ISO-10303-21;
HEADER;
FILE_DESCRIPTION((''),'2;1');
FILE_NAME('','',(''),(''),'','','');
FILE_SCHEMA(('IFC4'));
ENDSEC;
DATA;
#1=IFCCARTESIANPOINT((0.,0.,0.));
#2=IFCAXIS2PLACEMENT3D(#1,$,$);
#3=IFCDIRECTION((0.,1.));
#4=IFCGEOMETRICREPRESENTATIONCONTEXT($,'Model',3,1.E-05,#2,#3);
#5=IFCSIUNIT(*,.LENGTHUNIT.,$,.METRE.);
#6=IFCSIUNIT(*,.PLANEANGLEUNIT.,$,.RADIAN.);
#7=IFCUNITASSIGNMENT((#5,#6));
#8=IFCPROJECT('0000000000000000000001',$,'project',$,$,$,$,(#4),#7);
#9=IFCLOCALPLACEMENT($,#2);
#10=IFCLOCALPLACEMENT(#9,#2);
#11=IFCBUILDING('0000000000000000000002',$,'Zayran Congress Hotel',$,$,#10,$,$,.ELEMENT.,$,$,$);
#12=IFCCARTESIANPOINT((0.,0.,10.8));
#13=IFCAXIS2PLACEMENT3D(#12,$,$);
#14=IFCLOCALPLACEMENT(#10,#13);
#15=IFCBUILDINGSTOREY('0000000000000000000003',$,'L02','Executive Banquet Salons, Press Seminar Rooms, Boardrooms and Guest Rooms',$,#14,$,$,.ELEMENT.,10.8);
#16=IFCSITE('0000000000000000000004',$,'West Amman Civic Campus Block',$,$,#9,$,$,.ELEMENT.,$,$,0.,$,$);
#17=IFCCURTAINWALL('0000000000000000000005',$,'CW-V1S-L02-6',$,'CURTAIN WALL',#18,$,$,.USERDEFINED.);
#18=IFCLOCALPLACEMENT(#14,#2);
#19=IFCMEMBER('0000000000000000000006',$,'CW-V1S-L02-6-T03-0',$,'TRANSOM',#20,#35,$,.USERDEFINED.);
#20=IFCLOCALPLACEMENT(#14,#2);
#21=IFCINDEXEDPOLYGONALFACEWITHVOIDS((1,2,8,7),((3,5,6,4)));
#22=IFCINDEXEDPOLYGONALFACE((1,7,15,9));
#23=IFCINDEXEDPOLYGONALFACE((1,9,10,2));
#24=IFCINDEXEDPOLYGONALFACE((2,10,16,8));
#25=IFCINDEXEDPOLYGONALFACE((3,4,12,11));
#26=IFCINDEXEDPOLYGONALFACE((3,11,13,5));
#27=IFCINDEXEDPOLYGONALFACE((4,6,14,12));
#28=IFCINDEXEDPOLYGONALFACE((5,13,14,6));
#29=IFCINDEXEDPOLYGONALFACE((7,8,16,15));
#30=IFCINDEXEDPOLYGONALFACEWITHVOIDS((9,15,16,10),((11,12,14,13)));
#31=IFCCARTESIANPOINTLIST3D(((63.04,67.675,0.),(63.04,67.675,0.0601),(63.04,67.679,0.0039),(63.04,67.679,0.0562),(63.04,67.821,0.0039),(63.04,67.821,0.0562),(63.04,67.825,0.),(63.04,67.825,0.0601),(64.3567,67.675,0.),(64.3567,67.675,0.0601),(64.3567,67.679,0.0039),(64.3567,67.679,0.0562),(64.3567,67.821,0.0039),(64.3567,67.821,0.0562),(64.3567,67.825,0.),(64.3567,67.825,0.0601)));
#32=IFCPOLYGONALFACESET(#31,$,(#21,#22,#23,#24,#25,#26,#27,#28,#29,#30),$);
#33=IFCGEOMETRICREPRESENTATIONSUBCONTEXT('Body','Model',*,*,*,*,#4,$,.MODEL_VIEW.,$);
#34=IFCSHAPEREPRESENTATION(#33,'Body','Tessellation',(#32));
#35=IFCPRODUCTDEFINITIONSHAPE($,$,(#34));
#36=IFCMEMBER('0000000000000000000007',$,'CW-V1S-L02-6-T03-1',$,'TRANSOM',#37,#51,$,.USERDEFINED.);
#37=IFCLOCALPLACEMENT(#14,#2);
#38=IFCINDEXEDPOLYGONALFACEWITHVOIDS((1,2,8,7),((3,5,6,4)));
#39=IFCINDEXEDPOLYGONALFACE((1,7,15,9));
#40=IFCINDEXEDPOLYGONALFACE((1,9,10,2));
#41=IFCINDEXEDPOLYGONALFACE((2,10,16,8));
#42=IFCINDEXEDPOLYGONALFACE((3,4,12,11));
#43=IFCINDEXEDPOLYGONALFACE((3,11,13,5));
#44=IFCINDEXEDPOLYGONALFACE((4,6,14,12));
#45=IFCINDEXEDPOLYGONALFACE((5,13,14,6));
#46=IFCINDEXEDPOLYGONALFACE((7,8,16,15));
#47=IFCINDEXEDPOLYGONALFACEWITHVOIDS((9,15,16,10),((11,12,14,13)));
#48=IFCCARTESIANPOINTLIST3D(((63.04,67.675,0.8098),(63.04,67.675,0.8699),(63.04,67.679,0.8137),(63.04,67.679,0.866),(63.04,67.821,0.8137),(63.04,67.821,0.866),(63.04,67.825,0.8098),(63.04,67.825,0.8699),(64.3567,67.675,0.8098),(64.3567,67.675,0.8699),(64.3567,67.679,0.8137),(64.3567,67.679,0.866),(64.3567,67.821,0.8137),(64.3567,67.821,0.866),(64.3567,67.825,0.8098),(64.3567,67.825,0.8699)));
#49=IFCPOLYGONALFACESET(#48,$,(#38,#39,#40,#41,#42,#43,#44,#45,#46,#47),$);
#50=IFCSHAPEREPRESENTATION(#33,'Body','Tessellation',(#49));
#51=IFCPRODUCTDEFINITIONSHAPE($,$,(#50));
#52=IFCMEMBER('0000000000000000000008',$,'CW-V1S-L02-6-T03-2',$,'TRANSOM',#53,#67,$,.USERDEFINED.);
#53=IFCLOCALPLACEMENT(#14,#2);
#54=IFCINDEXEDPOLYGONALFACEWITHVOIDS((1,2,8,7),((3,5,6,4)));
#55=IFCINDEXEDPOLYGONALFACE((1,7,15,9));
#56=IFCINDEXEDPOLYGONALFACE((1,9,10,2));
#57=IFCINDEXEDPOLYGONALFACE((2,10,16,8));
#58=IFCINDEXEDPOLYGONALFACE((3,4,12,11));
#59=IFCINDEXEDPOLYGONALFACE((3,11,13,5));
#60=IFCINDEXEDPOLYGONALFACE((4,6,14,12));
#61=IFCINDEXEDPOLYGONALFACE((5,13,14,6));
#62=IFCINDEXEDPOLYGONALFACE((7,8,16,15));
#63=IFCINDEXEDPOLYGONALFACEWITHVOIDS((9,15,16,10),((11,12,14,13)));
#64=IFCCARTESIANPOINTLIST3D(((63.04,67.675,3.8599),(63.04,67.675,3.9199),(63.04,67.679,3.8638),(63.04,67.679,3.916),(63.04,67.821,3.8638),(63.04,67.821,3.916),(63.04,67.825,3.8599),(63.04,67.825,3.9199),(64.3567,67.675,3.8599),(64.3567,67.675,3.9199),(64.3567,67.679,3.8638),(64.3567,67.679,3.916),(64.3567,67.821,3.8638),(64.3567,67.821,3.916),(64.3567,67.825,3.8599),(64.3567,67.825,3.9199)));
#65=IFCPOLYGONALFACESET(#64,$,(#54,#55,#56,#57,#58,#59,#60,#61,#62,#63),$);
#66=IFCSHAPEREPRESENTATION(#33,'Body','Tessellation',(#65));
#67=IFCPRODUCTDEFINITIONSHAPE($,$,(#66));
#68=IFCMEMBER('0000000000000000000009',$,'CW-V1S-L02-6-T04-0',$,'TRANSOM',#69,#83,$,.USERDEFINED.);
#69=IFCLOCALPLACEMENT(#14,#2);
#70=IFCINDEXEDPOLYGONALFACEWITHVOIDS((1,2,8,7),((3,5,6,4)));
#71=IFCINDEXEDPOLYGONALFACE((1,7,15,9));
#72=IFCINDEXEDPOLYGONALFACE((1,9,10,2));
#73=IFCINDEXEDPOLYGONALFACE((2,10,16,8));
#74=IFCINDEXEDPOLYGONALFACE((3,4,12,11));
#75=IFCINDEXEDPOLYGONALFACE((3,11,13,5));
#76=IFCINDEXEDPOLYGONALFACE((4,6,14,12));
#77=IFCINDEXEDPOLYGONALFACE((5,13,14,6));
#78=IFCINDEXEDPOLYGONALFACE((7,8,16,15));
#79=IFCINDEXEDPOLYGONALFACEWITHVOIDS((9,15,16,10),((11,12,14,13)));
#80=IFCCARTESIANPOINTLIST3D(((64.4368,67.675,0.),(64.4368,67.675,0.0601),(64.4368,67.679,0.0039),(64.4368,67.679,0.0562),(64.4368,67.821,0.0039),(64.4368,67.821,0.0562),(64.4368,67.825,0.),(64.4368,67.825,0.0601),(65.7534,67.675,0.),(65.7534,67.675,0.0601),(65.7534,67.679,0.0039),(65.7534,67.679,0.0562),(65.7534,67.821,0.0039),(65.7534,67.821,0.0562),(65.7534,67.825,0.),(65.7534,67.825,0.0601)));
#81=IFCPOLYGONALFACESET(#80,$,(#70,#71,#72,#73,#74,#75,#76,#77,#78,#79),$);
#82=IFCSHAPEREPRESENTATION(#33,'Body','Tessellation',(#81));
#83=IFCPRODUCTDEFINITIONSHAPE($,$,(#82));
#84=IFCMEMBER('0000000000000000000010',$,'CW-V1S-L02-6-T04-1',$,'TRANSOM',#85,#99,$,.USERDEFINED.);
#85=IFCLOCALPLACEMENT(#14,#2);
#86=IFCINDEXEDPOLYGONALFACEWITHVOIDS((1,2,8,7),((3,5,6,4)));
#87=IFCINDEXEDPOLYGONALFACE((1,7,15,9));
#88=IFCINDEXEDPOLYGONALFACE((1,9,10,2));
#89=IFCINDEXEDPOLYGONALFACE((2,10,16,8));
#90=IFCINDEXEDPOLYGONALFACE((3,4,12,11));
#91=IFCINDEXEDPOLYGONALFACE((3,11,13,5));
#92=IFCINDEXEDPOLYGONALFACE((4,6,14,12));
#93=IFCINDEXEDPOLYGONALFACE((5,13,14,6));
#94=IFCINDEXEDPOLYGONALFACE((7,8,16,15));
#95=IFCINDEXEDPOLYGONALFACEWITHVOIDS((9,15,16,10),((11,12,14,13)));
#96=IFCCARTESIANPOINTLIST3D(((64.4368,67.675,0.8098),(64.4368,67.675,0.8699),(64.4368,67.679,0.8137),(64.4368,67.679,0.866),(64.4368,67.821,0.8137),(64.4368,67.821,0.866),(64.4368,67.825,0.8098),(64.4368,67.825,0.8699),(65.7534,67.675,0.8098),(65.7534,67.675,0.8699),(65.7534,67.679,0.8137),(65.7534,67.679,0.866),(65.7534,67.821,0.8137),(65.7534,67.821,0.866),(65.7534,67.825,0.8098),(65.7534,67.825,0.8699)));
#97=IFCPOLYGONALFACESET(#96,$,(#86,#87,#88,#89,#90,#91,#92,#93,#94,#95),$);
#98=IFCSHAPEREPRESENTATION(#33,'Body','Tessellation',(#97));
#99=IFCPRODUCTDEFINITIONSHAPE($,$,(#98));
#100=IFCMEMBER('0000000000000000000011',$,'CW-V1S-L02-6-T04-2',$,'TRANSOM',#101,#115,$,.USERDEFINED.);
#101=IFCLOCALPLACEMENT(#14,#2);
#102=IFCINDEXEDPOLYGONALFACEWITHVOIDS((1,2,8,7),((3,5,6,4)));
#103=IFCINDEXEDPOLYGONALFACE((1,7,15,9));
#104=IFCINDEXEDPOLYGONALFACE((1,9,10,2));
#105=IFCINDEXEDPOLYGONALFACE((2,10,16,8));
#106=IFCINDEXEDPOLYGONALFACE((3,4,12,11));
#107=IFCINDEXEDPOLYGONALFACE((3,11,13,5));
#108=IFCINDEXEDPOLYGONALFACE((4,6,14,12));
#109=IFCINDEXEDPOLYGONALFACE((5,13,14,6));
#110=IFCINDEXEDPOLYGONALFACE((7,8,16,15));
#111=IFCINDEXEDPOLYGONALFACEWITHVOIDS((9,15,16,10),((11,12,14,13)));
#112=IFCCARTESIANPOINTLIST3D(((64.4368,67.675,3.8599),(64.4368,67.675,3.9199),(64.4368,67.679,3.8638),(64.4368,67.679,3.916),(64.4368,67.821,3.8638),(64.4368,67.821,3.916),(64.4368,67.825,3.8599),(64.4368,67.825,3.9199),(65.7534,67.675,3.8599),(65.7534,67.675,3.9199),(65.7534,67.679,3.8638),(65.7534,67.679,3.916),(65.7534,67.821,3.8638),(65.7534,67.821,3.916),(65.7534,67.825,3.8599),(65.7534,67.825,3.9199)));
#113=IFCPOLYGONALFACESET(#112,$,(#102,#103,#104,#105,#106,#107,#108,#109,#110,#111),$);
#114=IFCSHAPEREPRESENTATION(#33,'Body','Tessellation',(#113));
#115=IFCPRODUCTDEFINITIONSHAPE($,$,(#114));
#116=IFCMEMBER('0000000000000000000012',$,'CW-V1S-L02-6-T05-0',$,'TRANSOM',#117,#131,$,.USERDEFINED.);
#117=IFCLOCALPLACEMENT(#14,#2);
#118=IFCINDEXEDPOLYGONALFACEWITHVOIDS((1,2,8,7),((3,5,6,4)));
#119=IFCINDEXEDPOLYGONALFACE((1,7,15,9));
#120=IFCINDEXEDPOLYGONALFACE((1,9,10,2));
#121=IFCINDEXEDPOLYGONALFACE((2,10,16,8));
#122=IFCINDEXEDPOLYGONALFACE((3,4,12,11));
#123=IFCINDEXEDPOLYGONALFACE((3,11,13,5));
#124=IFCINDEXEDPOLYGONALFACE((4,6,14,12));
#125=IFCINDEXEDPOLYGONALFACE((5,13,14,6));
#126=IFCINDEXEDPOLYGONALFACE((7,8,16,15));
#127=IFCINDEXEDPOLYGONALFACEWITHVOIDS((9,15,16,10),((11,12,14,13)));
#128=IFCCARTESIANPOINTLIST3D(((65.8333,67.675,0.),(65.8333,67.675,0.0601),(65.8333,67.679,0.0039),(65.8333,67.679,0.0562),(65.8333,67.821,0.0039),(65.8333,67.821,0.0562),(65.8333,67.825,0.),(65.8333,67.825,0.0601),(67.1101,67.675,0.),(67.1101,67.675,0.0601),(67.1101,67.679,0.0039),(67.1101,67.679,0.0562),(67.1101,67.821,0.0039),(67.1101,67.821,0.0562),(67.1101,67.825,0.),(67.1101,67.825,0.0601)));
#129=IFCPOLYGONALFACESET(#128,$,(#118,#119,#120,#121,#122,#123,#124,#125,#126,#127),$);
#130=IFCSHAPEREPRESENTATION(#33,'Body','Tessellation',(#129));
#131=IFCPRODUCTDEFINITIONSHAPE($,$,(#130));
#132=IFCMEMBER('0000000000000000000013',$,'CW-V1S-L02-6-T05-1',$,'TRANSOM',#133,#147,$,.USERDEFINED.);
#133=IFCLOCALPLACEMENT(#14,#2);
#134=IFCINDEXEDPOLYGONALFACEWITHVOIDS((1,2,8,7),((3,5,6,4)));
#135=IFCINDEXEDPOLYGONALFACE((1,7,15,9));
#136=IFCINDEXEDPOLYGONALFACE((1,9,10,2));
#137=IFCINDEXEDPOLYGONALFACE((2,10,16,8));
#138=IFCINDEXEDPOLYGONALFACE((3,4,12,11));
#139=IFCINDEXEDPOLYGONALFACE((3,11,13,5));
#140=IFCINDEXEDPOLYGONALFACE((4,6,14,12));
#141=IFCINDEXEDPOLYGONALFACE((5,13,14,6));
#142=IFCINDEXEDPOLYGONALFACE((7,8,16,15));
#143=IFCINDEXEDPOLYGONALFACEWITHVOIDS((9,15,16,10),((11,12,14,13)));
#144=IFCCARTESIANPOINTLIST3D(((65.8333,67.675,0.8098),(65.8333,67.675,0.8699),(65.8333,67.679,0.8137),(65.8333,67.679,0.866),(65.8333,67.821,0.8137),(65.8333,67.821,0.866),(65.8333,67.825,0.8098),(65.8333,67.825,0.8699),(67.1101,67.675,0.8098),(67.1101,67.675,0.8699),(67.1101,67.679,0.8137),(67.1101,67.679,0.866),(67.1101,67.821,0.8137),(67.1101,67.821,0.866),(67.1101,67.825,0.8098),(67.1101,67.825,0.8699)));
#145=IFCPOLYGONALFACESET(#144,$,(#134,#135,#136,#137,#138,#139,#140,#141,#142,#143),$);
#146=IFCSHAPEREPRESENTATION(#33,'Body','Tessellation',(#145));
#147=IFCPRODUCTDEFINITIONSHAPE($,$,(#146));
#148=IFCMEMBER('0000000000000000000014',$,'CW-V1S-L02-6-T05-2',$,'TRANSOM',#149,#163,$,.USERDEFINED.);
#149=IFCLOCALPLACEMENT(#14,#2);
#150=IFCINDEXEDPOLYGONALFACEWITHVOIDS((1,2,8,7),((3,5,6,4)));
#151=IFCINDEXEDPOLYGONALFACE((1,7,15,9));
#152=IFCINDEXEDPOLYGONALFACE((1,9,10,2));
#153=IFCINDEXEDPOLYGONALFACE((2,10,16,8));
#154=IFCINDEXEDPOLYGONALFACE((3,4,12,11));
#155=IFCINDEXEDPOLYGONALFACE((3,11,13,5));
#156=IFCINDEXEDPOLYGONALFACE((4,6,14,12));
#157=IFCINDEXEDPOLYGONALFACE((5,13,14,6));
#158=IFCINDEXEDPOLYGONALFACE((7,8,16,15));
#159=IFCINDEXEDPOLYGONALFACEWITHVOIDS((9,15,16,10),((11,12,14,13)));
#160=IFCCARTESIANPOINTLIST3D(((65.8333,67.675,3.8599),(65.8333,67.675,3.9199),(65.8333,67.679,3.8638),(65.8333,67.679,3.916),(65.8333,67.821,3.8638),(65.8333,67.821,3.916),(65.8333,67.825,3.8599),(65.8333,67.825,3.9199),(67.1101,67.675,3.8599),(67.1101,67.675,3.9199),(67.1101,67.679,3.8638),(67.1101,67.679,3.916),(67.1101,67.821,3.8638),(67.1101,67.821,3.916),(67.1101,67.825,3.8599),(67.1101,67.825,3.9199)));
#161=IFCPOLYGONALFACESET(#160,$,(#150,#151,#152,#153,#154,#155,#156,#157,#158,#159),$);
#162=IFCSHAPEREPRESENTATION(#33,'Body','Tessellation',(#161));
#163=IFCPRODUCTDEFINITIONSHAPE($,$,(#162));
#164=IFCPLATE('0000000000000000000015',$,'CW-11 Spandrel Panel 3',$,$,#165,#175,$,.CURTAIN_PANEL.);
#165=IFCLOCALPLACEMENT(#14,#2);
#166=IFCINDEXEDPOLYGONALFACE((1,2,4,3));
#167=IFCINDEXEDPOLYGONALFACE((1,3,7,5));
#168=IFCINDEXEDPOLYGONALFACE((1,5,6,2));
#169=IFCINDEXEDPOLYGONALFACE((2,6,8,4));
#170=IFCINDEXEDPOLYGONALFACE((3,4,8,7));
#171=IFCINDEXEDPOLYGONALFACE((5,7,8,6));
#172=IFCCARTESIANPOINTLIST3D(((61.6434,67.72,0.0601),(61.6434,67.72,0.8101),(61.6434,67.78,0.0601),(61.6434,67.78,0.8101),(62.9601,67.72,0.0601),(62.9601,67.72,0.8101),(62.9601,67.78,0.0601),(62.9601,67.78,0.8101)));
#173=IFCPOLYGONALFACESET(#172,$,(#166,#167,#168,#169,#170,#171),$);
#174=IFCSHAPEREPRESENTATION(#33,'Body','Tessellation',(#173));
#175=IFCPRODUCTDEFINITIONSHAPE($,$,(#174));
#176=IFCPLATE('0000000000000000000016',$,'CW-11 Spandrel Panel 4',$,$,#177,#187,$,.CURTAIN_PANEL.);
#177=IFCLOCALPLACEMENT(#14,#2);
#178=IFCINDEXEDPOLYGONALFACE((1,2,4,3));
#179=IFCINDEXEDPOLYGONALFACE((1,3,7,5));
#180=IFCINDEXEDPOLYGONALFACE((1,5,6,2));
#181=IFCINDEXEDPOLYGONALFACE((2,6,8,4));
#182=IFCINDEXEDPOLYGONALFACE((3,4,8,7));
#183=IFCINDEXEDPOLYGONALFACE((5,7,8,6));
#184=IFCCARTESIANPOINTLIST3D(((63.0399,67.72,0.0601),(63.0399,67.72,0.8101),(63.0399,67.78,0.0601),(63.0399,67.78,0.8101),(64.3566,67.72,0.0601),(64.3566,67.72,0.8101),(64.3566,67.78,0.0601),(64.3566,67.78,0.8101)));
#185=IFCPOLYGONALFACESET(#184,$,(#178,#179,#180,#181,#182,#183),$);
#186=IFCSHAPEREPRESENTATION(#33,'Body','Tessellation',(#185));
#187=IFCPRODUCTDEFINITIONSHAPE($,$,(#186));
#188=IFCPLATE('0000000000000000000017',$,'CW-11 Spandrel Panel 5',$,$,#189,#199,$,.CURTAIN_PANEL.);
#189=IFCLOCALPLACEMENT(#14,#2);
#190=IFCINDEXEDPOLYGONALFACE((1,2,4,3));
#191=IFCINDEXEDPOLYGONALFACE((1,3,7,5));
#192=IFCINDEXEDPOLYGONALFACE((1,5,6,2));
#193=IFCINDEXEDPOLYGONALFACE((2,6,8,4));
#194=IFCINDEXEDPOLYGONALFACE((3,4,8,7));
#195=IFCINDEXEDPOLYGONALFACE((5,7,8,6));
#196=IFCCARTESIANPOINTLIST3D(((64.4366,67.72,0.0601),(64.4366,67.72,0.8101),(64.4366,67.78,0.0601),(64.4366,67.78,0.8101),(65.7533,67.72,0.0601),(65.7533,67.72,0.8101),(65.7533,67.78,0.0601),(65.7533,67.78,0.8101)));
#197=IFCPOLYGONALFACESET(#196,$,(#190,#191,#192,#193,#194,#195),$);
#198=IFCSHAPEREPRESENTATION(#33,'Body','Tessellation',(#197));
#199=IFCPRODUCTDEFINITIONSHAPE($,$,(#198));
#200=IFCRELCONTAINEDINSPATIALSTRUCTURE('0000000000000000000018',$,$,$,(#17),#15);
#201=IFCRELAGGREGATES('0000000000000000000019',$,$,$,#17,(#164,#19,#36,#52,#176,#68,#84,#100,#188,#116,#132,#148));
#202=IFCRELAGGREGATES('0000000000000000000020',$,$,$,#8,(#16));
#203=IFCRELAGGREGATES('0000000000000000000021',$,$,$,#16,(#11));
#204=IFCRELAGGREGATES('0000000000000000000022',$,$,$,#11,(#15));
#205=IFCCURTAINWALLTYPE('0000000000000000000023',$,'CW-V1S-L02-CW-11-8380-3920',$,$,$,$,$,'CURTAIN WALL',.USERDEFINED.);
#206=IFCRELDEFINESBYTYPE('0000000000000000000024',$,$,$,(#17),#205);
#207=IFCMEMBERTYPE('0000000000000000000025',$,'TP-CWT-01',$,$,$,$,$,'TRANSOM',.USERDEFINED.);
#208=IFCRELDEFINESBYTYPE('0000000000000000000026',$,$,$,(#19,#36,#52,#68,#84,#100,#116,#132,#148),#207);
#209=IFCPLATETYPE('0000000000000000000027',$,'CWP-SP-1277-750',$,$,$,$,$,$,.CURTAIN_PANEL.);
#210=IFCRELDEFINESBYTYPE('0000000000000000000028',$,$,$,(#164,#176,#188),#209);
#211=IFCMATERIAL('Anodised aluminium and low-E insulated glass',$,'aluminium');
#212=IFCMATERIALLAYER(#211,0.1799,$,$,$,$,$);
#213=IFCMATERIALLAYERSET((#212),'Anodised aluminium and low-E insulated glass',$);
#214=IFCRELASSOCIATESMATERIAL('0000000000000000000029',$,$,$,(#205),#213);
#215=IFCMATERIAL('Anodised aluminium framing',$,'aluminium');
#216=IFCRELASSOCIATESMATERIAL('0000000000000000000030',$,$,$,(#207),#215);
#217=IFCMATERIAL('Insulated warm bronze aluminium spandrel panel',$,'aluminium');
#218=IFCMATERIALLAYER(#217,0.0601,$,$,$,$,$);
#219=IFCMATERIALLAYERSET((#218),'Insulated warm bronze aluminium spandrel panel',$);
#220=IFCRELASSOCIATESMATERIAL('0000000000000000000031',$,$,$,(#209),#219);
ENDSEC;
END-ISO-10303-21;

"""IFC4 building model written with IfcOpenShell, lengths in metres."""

from ifc_helpers import new_model, si_unit, direction, frame, origin, origin_2d, place, context, subcontext, project, spatial, rectangle, hollow_rectangle, extrude, material, layer, layer_set, material_profile, profile_set, type_object, element, aggregate, save


model = new_model("IFC4")

# Units and contexts
model_context = context("Model", 3, precision=1e-05, world=origin(), true_north=direction((0.0, 1.0)))
body_context = subcontext(model_context, "Body", "Model", "MODEL_VIEW")
ifc_project = project(units=[si_unit("LENGTHUNIT", "METRE"), si_unit("PLANEANGLEUNIT", "RADIAN")], contexts=[model_context])

# Site, building, storey
site_placement = place(None, origin())
site = spatial("IfcSite", under=ifc_project, at=site_placement, Name="West Amman Civic Campus Block", CompositionType="ELEMENT", RefElevation=0.0)
building_placement = place(site_placement, origin())
building = spatial("IfcBuilding", under=site, at=building_placement, Name="Zayran Congress Hotel", CompositionType="ELEMENT")
storey_placement = place(building_placement, frame((0.0, 0.0, 10.8)))
storey = spatial("IfcBuildingStorey", under=building, at=storey_placement, Name="L02", Description="Executive Banquet Salons, Press Seminar Rooms, Boardrooms and Guest Rooms", CompositionType="ELEMENT", Elevation=10.8)

# Curtain wall
ifc_material_1 = material(Name="Anodised aluminium and low-E insulated glass", Category="aluminium")
ifc_layer_1 = layer(ifc_material_1, 0.1799)
ifc_layer_set_1 = layer_set([ifc_layer_1], Name="Anodised aluminium and low-E insulated glass")
curtain_wall_type_1 = type_object("IfcCurtainWallType", Name="CW-V1S-L02-CW-11-8380-3920", ElementType="CURTAIN WALL", PredefinedType="USERDEFINED", material=ifc_layer_set_1)
curtain_wall_1_placement = place(storey_placement, origin())
curtain_wall_1 = element("IfcCurtainWall", 1, at=curtain_wall_1_placement, inside=storey, type_object=curtain_wall_type_1, Name="CW-V1S-L02-6", ObjectType="CURTAIN WALL", PredefinedType="USERDEFINED")
ifc_material_2 = material(Name="Anodised aluminium framing", Category="aluminium")

# Members
ifc_material_profile_1 = material_profile(ifc_material_2, hollow_rectangle(XDim=0.0601, YDim=0.1499, WallThickness=0.0039, at=origin_2d()), Name="RHS 150x60x4")
ifc_profile_set_1 = profile_set([ifc_material_profile_1], Name="Anodised aluminium framing")
member_type_1 = type_object("IfcMemberType", Name="TP-CWT-01", ElementType="TRANSOM", PredefinedType="USERDEFINED", material=ifc_profile_set_1)
member_1_placement = place(storey_placement, frame((63.04, 67.75, 0.03), z_axis=(1.0, 0.0, 0.0), x_axis=(0.0, 0.0, 1.0)))
member_1 = element("IfcMember", 2, at=member_1_placement, type_object=member_type_1, Name="CW-V1S-L02-6-T03-0", ObjectType="TRANSOM", PredefinedType="USERDEFINED", context=body_context, shape_type="SweptSolid", body=[
    extrude(hollow_rectangle(XDim=0.0601, YDim=0.1499, WallThickness=0.0039, at=origin_2d()), origin(), (0.0, 0.0, 1.0), 1.3167),
])
member_2_placement = place(storey_placement, frame((63.04, 67.75, 0.8398), z_axis=(1.0, 0.0, 0.0), x_axis=(0.0, 0.0, 1.0)))
member_2 = element("IfcMember", 3, at=member_2_placement, type_object=member_type_1, Name="CW-V1S-L02-6-T03-1", ObjectType="TRANSOM", PredefinedType="USERDEFINED", context=body_context, shape_type="SweptSolid", body=[
    extrude(hollow_rectangle(XDim=0.0601, YDim=0.1499, WallThickness=0.0039, at=origin_2d()), origin(), (0.0, 0.0, 1.0), 1.3167),
])
member_3_placement = place(storey_placement, frame((63.04, 67.75, 3.8899), z_axis=(1.0, 0.0, 0.0), x_axis=(0.0, 0.0, 1.0)))
member_3 = element("IfcMember", 4, at=member_3_placement, type_object=member_type_1, Name="CW-V1S-L02-6-T03-2", ObjectType="TRANSOM", PredefinedType="USERDEFINED", context=body_context, shape_type="SweptSolid", body=[
    extrude(hollow_rectangle(XDim=0.0601, YDim=0.1499, WallThickness=0.0039, at=origin_2d()), origin(), (0.0, 0.0, 1.0), 1.3167),
])
member_4_placement = place(storey_placement, frame((64.4368, 67.75, 0.03), z_axis=(1.0, 0.0, 0.0), x_axis=(0.0, 0.0, 1.0)))
member_4 = element("IfcMember", 5, at=member_4_placement, type_object=member_type_1, Name="CW-V1S-L02-6-T04-0", ObjectType="TRANSOM", PredefinedType="USERDEFINED", context=body_context, shape_type="SweptSolid", body=[
    extrude(hollow_rectangle(XDim=0.0601, YDim=0.1499, WallThickness=0.0039, at=origin_2d()), origin(), (0.0, 0.0, 1.0), 1.3167),
])
member_5_placement = place(storey_placement, frame((64.4368, 67.75, 0.8398), z_axis=(1.0, 0.0, 0.0), x_axis=(0.0, 0.0, 1.0)))
member_5 = element("IfcMember", 6, at=member_5_placement, type_object=member_type_1, Name="CW-V1S-L02-6-T04-1", ObjectType="TRANSOM", PredefinedType="USERDEFINED", context=body_context, shape_type="SweptSolid", body=[
    extrude(hollow_rectangle(XDim=0.0601, YDim=0.1499, WallThickness=0.0039, at=origin_2d()), origin(), (0.0, 0.0, 1.0), 1.3167),
])
member_6_placement = place(storey_placement, frame((64.4368, 67.75, 3.8899), z_axis=(1.0, 0.0, 0.0), x_axis=(0.0, 0.0, 1.0)))
member_6 = element("IfcMember", 7, at=member_6_placement, type_object=member_type_1, Name="CW-V1S-L02-6-T04-2", ObjectType="TRANSOM", PredefinedType="USERDEFINED", context=body_context, shape_type="SweptSolid", body=[
    extrude(hollow_rectangle(XDim=0.0601, YDim=0.1499, WallThickness=0.0039, at=origin_2d()), origin(), (0.0, 0.0, 1.0), 1.3167),
])
member_7_placement = place(storey_placement, frame((65.8333, 67.75, 0.03), z_axis=(1.0, 0.0, 0.0), x_axis=(0.0, 0.0, 1.0)))
member_7 = element("IfcMember", 8, at=member_7_placement, type_object=member_type_1, Name="CW-V1S-L02-6-T05-0", ObjectType="TRANSOM", PredefinedType="USERDEFINED", context=body_context, shape_type="SweptSolid", body=[
    extrude(hollow_rectangle(XDim=0.0601, YDim=0.1499, WallThickness=0.0039, at=origin_2d()), origin(), (0.0, 0.0, 1.0), 1.2769),
])
member_8_placement = place(storey_placement, frame((65.8333, 67.75, 0.8398), z_axis=(1.0, 0.0, 0.0), x_axis=(0.0, 0.0, 1.0)))
member_8 = element("IfcMember", 9, at=member_8_placement, type_object=member_type_1, Name="CW-V1S-L02-6-T05-1", ObjectType="TRANSOM", PredefinedType="USERDEFINED", context=body_context, shape_type="SweptSolid", body=[
    extrude(hollow_rectangle(XDim=0.0601, YDim=0.1499, WallThickness=0.0039, at=origin_2d()), origin(), (0.0, 0.0, 1.0), 1.2769),
])
member_9_placement = place(storey_placement, frame((65.8333, 67.75, 3.8899), z_axis=(1.0, 0.0, 0.0), x_axis=(0.0, 0.0, 1.0)))
member_9 = element("IfcMember", 10, at=member_9_placement, type_object=member_type_1, Name="CW-V1S-L02-6-T05-2", ObjectType="TRANSOM", PredefinedType="USERDEFINED", context=body_context, shape_type="SweptSolid", body=[
    extrude(hollow_rectangle(XDim=0.0601, YDim=0.1499, WallThickness=0.0039, at=origin_2d()), origin(), (0.0, 0.0, 1.0), 1.2769),
])

# Plates
ifc_material_3 = material(Name="Insulated warm bronze aluminium spandrel panel", Category="aluminium")
ifc_layer_2 = layer(ifc_material_3, 0.0601)
ifc_layer_set_2 = layer_set([ifc_layer_2], Name="Insulated warm bronze aluminium spandrel panel")
plate_type_1 = type_object("IfcPlateType", Name="CWP-SP-1277-750", PredefinedType="CURTAIN_PANEL", material=ifc_layer_set_2)
plate_1_placement = place(storey_placement, frame((62.3018, 67.75, 0.0601), z_axis=(0.0, 0.0, 1.0), x_axis=(1.0, 0.0, 0.0)))
plate_1 = element("IfcPlate", 11, at=plate_1_placement, type_object=plate_type_1, Name="CW-11 Spandrel Panel 3", PredefinedType="CURTAIN_PANEL", context=body_context, shape_type="SweptSolid", body=[
    extrude(rectangle(XDim=1.3167, YDim=0.0601, at=origin_2d()), origin(), (0.0, 0.0, 1.0), 0.75),
])
plate_2_placement = place(storey_placement, frame((63.6982, 67.75, 0.0601), z_axis=(0.0, 0.0, 1.0), x_axis=(1.0, 0.0, 0.0)))
plate_2 = element("IfcPlate", 12, at=plate_2_placement, type_object=plate_type_1, Name="CW-11 Spandrel Panel 4", PredefinedType="CURTAIN_PANEL", context=body_context, shape_type="SweptSolid", body=[
    extrude(rectangle(XDim=1.3167, YDim=0.0601, at=origin_2d()), origin(), (0.0, 0.0, 1.0), 0.75),
])
plate_3_placement = place(storey_placement, frame((65.095, 67.75, 0.0601), z_axis=(0.0, 0.0, 1.0), x_axis=(1.0, 0.0, 0.0)))
plate_3 = element("IfcPlate", 13, at=plate_3_placement, type_object=plate_type_1, Name="CW-11 Spandrel Panel 5", PredefinedType="CURTAIN_PANEL", context=body_context, shape_type="SweptSolid", body=[
    extrude(rectangle(XDim=1.3167, YDim=0.0601, at=origin_2d()), origin(), (0.0, 0.0, 1.0), 0.75),
])
aggregate(curtain_wall_1, [plate_1, member_1, member_2, member_3, plate_2, member_4, member_5, member_6, plate_3, member_7, member_8, member_9])

save(model, "model.ifc")
